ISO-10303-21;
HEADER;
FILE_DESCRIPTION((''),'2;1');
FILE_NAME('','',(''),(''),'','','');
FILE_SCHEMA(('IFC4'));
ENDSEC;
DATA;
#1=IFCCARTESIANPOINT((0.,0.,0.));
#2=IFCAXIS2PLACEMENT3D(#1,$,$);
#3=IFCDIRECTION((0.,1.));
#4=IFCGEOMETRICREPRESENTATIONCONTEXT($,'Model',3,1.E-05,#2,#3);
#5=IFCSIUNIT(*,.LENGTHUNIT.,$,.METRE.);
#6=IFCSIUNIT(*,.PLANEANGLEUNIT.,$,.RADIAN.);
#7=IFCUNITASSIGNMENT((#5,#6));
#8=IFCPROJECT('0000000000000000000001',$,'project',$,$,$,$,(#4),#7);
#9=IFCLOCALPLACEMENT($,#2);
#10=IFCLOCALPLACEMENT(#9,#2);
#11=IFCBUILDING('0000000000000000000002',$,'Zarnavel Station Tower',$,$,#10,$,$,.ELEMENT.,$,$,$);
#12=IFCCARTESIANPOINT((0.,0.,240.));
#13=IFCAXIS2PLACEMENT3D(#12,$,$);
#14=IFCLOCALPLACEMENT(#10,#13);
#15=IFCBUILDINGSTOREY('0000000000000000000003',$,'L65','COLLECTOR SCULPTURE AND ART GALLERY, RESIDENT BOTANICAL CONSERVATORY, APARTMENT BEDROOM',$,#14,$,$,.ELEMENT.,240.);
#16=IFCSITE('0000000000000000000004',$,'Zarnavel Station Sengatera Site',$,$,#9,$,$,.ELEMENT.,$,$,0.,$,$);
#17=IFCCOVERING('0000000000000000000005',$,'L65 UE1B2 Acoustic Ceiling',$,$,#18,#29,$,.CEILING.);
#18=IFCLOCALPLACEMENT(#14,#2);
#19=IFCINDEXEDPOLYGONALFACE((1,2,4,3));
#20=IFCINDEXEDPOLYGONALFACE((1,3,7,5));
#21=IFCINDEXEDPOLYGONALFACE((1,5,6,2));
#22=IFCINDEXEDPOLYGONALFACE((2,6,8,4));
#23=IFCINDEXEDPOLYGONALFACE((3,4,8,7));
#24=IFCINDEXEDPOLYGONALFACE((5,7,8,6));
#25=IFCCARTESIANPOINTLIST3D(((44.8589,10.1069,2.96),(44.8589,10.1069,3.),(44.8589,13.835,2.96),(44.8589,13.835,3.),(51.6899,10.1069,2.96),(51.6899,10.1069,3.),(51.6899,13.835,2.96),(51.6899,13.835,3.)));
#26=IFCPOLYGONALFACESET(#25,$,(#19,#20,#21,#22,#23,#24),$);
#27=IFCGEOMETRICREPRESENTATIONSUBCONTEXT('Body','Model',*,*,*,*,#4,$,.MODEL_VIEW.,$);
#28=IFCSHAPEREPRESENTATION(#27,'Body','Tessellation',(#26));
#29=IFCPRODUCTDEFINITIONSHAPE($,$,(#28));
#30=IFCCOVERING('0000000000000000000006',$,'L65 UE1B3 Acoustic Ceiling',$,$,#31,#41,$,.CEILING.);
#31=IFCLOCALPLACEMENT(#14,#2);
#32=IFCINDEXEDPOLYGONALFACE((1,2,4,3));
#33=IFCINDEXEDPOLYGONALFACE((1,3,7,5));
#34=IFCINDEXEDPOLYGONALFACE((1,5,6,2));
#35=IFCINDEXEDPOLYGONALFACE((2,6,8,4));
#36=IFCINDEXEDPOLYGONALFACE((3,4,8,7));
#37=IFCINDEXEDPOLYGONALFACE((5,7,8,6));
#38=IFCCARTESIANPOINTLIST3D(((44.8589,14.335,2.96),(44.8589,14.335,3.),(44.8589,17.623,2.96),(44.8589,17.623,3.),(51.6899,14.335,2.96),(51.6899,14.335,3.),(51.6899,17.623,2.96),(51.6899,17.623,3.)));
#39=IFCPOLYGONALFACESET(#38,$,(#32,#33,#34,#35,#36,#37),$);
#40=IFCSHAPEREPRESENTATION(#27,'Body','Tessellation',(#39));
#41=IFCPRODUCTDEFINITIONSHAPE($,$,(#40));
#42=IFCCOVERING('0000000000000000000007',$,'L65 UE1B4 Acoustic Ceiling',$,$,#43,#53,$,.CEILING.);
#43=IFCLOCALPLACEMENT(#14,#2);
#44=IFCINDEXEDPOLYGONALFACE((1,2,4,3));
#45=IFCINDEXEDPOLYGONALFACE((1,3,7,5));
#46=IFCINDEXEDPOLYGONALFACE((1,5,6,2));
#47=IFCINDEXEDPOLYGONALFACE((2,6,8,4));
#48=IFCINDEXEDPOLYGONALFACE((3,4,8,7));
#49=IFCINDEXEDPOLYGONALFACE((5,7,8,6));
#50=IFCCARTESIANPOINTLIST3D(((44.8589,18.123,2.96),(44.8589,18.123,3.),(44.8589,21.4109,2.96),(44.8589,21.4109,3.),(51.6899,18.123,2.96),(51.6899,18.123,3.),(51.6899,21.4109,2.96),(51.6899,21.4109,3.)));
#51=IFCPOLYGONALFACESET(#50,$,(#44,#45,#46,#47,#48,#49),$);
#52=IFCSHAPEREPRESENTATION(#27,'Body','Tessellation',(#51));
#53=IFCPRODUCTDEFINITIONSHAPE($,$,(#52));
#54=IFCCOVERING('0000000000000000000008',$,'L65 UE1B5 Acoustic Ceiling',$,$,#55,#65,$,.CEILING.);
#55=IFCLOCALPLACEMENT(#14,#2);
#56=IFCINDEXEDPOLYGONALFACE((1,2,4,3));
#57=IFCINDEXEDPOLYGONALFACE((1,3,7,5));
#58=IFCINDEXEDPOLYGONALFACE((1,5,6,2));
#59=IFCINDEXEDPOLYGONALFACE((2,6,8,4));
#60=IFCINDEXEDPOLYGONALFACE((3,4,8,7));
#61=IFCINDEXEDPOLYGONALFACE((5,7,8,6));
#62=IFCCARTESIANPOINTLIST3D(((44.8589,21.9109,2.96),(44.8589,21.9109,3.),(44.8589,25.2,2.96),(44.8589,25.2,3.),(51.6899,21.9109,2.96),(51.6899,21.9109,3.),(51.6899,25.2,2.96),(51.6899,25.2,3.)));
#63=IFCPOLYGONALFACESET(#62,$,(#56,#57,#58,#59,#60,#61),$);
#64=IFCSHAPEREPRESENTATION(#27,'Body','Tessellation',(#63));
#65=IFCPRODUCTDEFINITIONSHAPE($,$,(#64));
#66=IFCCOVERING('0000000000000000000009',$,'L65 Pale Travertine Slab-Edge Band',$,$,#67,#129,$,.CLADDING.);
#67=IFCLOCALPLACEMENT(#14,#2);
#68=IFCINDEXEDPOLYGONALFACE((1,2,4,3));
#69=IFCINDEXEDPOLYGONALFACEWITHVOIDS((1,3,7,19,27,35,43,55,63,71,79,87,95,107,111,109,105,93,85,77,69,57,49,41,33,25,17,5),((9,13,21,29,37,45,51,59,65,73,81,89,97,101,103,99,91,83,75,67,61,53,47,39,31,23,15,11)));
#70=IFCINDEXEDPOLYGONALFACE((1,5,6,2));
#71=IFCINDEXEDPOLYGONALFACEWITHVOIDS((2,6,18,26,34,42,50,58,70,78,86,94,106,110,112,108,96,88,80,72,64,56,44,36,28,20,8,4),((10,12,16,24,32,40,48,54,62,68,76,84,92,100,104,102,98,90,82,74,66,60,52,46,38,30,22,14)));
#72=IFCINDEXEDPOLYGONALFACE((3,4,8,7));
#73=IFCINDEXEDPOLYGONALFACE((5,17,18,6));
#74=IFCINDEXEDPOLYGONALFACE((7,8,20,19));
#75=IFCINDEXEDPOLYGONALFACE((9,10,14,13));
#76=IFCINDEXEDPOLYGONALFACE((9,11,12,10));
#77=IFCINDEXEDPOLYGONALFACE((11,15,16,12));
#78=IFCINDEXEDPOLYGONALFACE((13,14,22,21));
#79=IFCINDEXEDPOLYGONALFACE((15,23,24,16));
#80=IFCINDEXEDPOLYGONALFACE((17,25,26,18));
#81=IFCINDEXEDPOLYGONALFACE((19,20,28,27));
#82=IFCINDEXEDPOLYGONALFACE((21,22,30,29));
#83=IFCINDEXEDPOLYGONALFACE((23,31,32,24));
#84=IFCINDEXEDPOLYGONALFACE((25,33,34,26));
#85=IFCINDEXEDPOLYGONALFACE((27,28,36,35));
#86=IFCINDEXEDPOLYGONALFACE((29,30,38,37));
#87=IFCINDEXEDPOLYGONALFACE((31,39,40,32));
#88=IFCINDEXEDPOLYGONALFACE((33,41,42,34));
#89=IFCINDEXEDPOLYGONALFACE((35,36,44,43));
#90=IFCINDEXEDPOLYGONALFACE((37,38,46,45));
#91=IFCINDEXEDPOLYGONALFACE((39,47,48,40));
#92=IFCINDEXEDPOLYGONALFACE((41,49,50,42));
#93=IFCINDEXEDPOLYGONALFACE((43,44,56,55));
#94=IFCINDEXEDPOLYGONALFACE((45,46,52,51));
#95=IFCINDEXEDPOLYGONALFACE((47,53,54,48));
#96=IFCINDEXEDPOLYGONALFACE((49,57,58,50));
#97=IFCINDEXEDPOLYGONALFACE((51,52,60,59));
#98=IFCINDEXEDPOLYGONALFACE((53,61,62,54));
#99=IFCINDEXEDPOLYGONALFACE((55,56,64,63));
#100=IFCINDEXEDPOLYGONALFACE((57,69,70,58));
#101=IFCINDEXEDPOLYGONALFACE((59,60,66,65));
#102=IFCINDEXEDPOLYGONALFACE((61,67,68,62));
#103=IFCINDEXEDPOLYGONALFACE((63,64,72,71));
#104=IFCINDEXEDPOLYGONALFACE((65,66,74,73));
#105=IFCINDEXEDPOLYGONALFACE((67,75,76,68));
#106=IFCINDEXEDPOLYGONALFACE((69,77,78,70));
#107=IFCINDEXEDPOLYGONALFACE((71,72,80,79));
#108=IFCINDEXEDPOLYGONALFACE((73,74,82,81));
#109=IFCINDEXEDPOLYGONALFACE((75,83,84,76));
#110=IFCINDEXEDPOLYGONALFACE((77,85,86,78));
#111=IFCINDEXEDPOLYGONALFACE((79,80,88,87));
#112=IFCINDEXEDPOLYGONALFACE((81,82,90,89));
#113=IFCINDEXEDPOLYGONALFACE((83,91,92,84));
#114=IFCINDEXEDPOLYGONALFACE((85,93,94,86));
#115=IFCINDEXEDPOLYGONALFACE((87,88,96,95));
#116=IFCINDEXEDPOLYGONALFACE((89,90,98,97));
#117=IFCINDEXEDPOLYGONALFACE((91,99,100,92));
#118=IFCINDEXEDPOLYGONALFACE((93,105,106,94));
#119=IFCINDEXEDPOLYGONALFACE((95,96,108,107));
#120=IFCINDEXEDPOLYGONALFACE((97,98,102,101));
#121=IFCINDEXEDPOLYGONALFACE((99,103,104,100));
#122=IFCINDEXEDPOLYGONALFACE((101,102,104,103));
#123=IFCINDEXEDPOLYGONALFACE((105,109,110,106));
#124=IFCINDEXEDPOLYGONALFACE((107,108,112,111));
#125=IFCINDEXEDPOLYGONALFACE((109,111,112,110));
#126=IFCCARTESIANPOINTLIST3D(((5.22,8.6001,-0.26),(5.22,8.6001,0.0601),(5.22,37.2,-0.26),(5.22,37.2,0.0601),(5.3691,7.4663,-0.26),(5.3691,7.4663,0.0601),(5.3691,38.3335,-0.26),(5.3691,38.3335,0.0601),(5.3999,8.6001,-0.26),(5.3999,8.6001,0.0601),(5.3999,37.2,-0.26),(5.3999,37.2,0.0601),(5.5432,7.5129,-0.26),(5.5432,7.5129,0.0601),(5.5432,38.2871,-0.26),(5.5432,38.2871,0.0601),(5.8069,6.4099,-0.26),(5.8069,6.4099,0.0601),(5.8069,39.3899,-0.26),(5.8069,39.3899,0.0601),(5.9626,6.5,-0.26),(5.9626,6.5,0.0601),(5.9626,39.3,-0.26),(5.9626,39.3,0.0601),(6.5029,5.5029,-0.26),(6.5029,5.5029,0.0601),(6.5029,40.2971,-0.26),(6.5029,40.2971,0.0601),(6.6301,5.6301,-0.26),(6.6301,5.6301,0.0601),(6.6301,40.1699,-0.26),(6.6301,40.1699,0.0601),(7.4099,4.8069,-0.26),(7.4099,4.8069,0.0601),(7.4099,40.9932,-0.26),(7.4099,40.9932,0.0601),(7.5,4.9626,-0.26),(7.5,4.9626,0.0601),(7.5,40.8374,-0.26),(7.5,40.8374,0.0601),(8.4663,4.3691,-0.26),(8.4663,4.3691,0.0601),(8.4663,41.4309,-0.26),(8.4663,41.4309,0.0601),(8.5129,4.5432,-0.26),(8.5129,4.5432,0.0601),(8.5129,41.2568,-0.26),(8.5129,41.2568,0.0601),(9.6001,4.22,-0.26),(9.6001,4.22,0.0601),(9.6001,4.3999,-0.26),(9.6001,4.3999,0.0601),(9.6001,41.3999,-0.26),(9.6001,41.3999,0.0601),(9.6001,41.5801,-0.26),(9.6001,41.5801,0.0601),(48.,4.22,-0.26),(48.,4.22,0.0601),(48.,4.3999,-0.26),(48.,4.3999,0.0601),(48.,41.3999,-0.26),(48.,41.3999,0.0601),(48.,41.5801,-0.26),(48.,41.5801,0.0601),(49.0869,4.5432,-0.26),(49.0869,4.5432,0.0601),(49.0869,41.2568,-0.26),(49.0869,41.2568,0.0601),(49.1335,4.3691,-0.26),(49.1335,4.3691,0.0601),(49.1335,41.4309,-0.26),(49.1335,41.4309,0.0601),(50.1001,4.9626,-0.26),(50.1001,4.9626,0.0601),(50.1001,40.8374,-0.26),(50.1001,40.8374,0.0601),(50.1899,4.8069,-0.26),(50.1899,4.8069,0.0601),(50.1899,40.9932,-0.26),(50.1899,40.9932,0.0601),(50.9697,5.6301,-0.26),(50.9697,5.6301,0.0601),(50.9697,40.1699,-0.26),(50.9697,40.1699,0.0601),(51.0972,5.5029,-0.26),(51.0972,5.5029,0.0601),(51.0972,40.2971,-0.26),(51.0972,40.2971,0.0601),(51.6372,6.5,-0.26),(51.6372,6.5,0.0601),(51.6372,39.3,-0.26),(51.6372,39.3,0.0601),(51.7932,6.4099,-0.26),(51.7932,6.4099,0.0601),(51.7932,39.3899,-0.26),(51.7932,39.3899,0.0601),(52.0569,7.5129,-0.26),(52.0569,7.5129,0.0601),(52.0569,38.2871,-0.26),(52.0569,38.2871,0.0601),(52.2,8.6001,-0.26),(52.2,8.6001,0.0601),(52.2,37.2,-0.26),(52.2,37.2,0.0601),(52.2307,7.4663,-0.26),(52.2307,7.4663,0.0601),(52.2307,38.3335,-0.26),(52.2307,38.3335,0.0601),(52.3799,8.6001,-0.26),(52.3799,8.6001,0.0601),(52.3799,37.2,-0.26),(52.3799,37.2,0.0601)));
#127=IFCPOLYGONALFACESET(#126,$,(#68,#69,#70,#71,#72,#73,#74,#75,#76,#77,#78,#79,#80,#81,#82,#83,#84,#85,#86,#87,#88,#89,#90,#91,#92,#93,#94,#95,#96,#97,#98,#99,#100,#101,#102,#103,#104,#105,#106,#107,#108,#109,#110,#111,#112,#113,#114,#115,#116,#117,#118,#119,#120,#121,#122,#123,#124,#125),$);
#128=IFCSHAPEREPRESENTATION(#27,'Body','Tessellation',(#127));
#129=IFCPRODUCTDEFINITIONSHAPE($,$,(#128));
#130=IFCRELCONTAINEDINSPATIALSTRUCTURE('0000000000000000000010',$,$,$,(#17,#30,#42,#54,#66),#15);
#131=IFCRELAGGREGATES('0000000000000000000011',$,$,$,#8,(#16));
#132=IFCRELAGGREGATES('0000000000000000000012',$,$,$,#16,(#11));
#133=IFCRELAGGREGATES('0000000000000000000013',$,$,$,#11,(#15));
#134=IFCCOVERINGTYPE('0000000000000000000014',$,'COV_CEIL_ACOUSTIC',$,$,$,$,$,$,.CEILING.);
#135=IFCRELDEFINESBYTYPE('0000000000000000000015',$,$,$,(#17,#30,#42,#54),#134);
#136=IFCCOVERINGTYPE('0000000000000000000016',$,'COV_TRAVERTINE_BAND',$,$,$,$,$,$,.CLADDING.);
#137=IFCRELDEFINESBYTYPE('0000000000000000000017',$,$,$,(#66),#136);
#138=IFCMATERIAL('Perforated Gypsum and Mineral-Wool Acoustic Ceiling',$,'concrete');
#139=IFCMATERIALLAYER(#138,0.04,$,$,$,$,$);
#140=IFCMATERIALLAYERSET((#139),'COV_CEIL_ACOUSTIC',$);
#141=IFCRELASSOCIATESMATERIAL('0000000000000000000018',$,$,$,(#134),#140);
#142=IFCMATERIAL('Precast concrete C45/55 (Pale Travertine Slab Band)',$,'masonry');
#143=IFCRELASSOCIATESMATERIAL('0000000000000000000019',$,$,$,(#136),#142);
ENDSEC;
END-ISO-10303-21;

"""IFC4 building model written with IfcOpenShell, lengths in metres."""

from ifc_helpers import new_model, si_unit, direction, frame, origin, place, context, subcontext, project, spatial, polyline, outline, extrude, material, layer, layer_set, type_object, element, save


model = new_model("IFC4")

# Units and contexts
model_context = context("Model", 3, precision=1e-05, world=origin(), true_north=direction((0.0, 1.0)))
body_context = subcontext(model_context, "Body", "Model", "MODEL_VIEW")
ifc_project = project(units=[si_unit("LENGTHUNIT", "METRE"), si_unit("PLANEANGLEUNIT", "RADIAN")], contexts=[model_context])

# Site, building, storey
site_placement = place(None, origin())
site = spatial("IfcSite", under=ifc_project, at=site_placement, Name="Zarnavel Station Sengatera Site", CompositionType="ELEMENT", RefElevation=0.0)
building_placement = place(site_placement, origin())
building = spatial("IfcBuilding", under=site, at=building_placement, Name="Zarnavel Station Tower", CompositionType="ELEMENT")
storey_placement = place(building_placement, frame((0.0, 0.0, 240.0)))
storey = spatial("IfcBuildingStorey", under=building, at=storey_placement, Name="L65", Description="COLLECTOR SCULPTURE AND ART GALLERY, RESIDENT BOTANICAL CONSERVATORY, APARTMENT BEDROOM", CompositionType="ELEMENT", Elevation=240.0)

# Coverings
ifc_material_1 = material(Name="Perforated Gypsum and Mineral-Wool Acoustic Ceiling", Category="concrete")
ifc_layer_1 = layer(ifc_material_1, 0.04)
ifc_layer_set_1 = layer_set([ifc_layer_1], Name="COV_CEIL_ACOUSTIC")
covering_type_1 = type_object("IfcCoveringType", Name="COV_CEIL_ACOUSTIC", PredefinedType="CEILING", material=ifc_layer_set_1)
covering_1_placement = place(storey_placement, frame((0.0, 0.0, 2.96)))
element("IfcCovering", 1, at=covering_1_placement, inside=storey, type_object=covering_type_1, Name="L65 UE1B2 Acoustic Ceiling", PredefinedType="CEILING", context=body_context, shape_type="SweptSolid", body=[
    extrude(outline(polyline([(44.8589, 10.1069), (51.6899, 10.1069), (51.6899, 13.835), (44.8589, 13.835), (44.8589, 10.1069)])), origin(), (0.0, 0.0, 1.0), 0.04),
])
covering_2_placement = place(storey_placement, frame((0.0, 0.0, 2.96)))
element("IfcCovering", 2, at=covering_2_placement, inside=storey, type_object=covering_type_1, Name="L65 UE1B3 Acoustic Ceiling", PredefinedType="CEILING", context=body_context, shape_type="SweptSolid", body=[
    extrude(outline(polyline([(44.8589, 14.335), (51.6899, 14.335), (51.6899, 17.623), (44.8589, 17.623), (44.8589, 14.335)])), origin(), (0.0, 0.0, 1.0), 0.04),
])
covering_3_placement = place(storey_placement, frame((0.0, 0.0, 2.96)))
element("IfcCovering", 3, at=covering_3_placement, inside=storey, type_object=covering_type_1, Name="L65 UE1B4 Acoustic Ceiling", PredefinedType="CEILING", context=body_context, shape_type="SweptSolid", body=[
    extrude(outline(polyline([(44.8589, 18.123), (51.6899, 18.123), (51.6899, 21.4109), (44.8589, 21.4109), (44.8589, 18.123)])), origin(), (0.0, 0.0, 1.0), 0.04),
])
covering_4_placement = place(storey_placement, frame((0.0, 0.0, 2.96)))
element("IfcCovering", 4, at=covering_4_placement, inside=storey, type_object=covering_type_1, Name="L65 UE1B5 Acoustic Ceiling", PredefinedType="CEILING", context=body_context, shape_type="SweptSolid", body=[
    extrude(outline(polyline([(44.8589, 21.9109), (51.6899, 21.9109), (51.6899, 25.2), (44.8589, 25.2), (44.8589, 21.9109)])), origin(), (0.0, 0.0, 1.0), 0.04),
])
ifc_material_2 = material(Name="Precast concrete C45/55 (Pale Travertine Slab Band)", Category="masonry")
covering_type_2 = type_object("IfcCoveringType", Name="COV_TRAVERTINE_BAND", PredefinedType="CLADDING", material=ifc_material_2)
covering_5_placement = place(storey_placement, frame((0.0, 0.0, -0.26)))
element("IfcCovering", 5, at=covering_5_placement, inside=storey, type_object=covering_type_2, Name="L65 Pale Travertine Slab-Edge Band", PredefinedType="CLADDING", context=body_context, shape_type="SweptSolid", body=[
    extrude(outline(polyline([(48.0, 4.22), (49.1335, 4.3691), (50.1899, 4.8069), (51.0972, 5.5029), (51.7932, 6.4099), (52.2307, 7.4663), (52.3799, 8.6001), (52.3799, 37.2), (52.2307, 38.3335), (51.7932, 39.3899), (51.0972, 40.2971), (50.1899, 40.9932), (49.1335, 41.4309), (48.0, 41.5801), (9.6001, 41.5801), (8.4663, 41.4309), (7.4099, 40.9932), (6.5029, 40.2971), (5.8069, 39.3899), (5.3691, 38.3335), (5.22, 37.2), (5.22, 8.6001), (5.3691, 7.4663), (5.8069, 6.4099), (6.5029, 5.5029), (7.4099, 4.8069), (8.4663, 4.3691), (9.6001, 4.22), (48.0, 4.22)]), holes=[polyline([(48.0, 4.3999), (49.0869, 4.5432), (50.1001, 4.9626), (50.9697, 5.6301), (51.6372, 6.5), (52.0569, 7.5129), (52.2, 8.6001), (52.2, 37.2), (52.0569, 38.2871), (51.6372, 39.3), (50.9697, 40.1699), (50.1001, 40.8374), (49.0869, 41.2568), (48.0, 41.3999), (9.6001, 41.3999), (8.5129, 41.2568), (7.5, 40.8374), (6.6301, 40.1699), (5.9626, 39.3), (5.5432, 38.2871), (5.3999, 37.2), (5.3999, 8.6001), (5.5432, 7.5129), (5.9626, 6.5), (6.6301, 5.6301), (7.5, 4.9626), (8.5129, 4.5432), (9.6001, 4.3999), (48.0, 4.3999)])]), origin(), (0.0, 0.0, 1.0), 0.3201),
])

save(model, "model.ifc")
